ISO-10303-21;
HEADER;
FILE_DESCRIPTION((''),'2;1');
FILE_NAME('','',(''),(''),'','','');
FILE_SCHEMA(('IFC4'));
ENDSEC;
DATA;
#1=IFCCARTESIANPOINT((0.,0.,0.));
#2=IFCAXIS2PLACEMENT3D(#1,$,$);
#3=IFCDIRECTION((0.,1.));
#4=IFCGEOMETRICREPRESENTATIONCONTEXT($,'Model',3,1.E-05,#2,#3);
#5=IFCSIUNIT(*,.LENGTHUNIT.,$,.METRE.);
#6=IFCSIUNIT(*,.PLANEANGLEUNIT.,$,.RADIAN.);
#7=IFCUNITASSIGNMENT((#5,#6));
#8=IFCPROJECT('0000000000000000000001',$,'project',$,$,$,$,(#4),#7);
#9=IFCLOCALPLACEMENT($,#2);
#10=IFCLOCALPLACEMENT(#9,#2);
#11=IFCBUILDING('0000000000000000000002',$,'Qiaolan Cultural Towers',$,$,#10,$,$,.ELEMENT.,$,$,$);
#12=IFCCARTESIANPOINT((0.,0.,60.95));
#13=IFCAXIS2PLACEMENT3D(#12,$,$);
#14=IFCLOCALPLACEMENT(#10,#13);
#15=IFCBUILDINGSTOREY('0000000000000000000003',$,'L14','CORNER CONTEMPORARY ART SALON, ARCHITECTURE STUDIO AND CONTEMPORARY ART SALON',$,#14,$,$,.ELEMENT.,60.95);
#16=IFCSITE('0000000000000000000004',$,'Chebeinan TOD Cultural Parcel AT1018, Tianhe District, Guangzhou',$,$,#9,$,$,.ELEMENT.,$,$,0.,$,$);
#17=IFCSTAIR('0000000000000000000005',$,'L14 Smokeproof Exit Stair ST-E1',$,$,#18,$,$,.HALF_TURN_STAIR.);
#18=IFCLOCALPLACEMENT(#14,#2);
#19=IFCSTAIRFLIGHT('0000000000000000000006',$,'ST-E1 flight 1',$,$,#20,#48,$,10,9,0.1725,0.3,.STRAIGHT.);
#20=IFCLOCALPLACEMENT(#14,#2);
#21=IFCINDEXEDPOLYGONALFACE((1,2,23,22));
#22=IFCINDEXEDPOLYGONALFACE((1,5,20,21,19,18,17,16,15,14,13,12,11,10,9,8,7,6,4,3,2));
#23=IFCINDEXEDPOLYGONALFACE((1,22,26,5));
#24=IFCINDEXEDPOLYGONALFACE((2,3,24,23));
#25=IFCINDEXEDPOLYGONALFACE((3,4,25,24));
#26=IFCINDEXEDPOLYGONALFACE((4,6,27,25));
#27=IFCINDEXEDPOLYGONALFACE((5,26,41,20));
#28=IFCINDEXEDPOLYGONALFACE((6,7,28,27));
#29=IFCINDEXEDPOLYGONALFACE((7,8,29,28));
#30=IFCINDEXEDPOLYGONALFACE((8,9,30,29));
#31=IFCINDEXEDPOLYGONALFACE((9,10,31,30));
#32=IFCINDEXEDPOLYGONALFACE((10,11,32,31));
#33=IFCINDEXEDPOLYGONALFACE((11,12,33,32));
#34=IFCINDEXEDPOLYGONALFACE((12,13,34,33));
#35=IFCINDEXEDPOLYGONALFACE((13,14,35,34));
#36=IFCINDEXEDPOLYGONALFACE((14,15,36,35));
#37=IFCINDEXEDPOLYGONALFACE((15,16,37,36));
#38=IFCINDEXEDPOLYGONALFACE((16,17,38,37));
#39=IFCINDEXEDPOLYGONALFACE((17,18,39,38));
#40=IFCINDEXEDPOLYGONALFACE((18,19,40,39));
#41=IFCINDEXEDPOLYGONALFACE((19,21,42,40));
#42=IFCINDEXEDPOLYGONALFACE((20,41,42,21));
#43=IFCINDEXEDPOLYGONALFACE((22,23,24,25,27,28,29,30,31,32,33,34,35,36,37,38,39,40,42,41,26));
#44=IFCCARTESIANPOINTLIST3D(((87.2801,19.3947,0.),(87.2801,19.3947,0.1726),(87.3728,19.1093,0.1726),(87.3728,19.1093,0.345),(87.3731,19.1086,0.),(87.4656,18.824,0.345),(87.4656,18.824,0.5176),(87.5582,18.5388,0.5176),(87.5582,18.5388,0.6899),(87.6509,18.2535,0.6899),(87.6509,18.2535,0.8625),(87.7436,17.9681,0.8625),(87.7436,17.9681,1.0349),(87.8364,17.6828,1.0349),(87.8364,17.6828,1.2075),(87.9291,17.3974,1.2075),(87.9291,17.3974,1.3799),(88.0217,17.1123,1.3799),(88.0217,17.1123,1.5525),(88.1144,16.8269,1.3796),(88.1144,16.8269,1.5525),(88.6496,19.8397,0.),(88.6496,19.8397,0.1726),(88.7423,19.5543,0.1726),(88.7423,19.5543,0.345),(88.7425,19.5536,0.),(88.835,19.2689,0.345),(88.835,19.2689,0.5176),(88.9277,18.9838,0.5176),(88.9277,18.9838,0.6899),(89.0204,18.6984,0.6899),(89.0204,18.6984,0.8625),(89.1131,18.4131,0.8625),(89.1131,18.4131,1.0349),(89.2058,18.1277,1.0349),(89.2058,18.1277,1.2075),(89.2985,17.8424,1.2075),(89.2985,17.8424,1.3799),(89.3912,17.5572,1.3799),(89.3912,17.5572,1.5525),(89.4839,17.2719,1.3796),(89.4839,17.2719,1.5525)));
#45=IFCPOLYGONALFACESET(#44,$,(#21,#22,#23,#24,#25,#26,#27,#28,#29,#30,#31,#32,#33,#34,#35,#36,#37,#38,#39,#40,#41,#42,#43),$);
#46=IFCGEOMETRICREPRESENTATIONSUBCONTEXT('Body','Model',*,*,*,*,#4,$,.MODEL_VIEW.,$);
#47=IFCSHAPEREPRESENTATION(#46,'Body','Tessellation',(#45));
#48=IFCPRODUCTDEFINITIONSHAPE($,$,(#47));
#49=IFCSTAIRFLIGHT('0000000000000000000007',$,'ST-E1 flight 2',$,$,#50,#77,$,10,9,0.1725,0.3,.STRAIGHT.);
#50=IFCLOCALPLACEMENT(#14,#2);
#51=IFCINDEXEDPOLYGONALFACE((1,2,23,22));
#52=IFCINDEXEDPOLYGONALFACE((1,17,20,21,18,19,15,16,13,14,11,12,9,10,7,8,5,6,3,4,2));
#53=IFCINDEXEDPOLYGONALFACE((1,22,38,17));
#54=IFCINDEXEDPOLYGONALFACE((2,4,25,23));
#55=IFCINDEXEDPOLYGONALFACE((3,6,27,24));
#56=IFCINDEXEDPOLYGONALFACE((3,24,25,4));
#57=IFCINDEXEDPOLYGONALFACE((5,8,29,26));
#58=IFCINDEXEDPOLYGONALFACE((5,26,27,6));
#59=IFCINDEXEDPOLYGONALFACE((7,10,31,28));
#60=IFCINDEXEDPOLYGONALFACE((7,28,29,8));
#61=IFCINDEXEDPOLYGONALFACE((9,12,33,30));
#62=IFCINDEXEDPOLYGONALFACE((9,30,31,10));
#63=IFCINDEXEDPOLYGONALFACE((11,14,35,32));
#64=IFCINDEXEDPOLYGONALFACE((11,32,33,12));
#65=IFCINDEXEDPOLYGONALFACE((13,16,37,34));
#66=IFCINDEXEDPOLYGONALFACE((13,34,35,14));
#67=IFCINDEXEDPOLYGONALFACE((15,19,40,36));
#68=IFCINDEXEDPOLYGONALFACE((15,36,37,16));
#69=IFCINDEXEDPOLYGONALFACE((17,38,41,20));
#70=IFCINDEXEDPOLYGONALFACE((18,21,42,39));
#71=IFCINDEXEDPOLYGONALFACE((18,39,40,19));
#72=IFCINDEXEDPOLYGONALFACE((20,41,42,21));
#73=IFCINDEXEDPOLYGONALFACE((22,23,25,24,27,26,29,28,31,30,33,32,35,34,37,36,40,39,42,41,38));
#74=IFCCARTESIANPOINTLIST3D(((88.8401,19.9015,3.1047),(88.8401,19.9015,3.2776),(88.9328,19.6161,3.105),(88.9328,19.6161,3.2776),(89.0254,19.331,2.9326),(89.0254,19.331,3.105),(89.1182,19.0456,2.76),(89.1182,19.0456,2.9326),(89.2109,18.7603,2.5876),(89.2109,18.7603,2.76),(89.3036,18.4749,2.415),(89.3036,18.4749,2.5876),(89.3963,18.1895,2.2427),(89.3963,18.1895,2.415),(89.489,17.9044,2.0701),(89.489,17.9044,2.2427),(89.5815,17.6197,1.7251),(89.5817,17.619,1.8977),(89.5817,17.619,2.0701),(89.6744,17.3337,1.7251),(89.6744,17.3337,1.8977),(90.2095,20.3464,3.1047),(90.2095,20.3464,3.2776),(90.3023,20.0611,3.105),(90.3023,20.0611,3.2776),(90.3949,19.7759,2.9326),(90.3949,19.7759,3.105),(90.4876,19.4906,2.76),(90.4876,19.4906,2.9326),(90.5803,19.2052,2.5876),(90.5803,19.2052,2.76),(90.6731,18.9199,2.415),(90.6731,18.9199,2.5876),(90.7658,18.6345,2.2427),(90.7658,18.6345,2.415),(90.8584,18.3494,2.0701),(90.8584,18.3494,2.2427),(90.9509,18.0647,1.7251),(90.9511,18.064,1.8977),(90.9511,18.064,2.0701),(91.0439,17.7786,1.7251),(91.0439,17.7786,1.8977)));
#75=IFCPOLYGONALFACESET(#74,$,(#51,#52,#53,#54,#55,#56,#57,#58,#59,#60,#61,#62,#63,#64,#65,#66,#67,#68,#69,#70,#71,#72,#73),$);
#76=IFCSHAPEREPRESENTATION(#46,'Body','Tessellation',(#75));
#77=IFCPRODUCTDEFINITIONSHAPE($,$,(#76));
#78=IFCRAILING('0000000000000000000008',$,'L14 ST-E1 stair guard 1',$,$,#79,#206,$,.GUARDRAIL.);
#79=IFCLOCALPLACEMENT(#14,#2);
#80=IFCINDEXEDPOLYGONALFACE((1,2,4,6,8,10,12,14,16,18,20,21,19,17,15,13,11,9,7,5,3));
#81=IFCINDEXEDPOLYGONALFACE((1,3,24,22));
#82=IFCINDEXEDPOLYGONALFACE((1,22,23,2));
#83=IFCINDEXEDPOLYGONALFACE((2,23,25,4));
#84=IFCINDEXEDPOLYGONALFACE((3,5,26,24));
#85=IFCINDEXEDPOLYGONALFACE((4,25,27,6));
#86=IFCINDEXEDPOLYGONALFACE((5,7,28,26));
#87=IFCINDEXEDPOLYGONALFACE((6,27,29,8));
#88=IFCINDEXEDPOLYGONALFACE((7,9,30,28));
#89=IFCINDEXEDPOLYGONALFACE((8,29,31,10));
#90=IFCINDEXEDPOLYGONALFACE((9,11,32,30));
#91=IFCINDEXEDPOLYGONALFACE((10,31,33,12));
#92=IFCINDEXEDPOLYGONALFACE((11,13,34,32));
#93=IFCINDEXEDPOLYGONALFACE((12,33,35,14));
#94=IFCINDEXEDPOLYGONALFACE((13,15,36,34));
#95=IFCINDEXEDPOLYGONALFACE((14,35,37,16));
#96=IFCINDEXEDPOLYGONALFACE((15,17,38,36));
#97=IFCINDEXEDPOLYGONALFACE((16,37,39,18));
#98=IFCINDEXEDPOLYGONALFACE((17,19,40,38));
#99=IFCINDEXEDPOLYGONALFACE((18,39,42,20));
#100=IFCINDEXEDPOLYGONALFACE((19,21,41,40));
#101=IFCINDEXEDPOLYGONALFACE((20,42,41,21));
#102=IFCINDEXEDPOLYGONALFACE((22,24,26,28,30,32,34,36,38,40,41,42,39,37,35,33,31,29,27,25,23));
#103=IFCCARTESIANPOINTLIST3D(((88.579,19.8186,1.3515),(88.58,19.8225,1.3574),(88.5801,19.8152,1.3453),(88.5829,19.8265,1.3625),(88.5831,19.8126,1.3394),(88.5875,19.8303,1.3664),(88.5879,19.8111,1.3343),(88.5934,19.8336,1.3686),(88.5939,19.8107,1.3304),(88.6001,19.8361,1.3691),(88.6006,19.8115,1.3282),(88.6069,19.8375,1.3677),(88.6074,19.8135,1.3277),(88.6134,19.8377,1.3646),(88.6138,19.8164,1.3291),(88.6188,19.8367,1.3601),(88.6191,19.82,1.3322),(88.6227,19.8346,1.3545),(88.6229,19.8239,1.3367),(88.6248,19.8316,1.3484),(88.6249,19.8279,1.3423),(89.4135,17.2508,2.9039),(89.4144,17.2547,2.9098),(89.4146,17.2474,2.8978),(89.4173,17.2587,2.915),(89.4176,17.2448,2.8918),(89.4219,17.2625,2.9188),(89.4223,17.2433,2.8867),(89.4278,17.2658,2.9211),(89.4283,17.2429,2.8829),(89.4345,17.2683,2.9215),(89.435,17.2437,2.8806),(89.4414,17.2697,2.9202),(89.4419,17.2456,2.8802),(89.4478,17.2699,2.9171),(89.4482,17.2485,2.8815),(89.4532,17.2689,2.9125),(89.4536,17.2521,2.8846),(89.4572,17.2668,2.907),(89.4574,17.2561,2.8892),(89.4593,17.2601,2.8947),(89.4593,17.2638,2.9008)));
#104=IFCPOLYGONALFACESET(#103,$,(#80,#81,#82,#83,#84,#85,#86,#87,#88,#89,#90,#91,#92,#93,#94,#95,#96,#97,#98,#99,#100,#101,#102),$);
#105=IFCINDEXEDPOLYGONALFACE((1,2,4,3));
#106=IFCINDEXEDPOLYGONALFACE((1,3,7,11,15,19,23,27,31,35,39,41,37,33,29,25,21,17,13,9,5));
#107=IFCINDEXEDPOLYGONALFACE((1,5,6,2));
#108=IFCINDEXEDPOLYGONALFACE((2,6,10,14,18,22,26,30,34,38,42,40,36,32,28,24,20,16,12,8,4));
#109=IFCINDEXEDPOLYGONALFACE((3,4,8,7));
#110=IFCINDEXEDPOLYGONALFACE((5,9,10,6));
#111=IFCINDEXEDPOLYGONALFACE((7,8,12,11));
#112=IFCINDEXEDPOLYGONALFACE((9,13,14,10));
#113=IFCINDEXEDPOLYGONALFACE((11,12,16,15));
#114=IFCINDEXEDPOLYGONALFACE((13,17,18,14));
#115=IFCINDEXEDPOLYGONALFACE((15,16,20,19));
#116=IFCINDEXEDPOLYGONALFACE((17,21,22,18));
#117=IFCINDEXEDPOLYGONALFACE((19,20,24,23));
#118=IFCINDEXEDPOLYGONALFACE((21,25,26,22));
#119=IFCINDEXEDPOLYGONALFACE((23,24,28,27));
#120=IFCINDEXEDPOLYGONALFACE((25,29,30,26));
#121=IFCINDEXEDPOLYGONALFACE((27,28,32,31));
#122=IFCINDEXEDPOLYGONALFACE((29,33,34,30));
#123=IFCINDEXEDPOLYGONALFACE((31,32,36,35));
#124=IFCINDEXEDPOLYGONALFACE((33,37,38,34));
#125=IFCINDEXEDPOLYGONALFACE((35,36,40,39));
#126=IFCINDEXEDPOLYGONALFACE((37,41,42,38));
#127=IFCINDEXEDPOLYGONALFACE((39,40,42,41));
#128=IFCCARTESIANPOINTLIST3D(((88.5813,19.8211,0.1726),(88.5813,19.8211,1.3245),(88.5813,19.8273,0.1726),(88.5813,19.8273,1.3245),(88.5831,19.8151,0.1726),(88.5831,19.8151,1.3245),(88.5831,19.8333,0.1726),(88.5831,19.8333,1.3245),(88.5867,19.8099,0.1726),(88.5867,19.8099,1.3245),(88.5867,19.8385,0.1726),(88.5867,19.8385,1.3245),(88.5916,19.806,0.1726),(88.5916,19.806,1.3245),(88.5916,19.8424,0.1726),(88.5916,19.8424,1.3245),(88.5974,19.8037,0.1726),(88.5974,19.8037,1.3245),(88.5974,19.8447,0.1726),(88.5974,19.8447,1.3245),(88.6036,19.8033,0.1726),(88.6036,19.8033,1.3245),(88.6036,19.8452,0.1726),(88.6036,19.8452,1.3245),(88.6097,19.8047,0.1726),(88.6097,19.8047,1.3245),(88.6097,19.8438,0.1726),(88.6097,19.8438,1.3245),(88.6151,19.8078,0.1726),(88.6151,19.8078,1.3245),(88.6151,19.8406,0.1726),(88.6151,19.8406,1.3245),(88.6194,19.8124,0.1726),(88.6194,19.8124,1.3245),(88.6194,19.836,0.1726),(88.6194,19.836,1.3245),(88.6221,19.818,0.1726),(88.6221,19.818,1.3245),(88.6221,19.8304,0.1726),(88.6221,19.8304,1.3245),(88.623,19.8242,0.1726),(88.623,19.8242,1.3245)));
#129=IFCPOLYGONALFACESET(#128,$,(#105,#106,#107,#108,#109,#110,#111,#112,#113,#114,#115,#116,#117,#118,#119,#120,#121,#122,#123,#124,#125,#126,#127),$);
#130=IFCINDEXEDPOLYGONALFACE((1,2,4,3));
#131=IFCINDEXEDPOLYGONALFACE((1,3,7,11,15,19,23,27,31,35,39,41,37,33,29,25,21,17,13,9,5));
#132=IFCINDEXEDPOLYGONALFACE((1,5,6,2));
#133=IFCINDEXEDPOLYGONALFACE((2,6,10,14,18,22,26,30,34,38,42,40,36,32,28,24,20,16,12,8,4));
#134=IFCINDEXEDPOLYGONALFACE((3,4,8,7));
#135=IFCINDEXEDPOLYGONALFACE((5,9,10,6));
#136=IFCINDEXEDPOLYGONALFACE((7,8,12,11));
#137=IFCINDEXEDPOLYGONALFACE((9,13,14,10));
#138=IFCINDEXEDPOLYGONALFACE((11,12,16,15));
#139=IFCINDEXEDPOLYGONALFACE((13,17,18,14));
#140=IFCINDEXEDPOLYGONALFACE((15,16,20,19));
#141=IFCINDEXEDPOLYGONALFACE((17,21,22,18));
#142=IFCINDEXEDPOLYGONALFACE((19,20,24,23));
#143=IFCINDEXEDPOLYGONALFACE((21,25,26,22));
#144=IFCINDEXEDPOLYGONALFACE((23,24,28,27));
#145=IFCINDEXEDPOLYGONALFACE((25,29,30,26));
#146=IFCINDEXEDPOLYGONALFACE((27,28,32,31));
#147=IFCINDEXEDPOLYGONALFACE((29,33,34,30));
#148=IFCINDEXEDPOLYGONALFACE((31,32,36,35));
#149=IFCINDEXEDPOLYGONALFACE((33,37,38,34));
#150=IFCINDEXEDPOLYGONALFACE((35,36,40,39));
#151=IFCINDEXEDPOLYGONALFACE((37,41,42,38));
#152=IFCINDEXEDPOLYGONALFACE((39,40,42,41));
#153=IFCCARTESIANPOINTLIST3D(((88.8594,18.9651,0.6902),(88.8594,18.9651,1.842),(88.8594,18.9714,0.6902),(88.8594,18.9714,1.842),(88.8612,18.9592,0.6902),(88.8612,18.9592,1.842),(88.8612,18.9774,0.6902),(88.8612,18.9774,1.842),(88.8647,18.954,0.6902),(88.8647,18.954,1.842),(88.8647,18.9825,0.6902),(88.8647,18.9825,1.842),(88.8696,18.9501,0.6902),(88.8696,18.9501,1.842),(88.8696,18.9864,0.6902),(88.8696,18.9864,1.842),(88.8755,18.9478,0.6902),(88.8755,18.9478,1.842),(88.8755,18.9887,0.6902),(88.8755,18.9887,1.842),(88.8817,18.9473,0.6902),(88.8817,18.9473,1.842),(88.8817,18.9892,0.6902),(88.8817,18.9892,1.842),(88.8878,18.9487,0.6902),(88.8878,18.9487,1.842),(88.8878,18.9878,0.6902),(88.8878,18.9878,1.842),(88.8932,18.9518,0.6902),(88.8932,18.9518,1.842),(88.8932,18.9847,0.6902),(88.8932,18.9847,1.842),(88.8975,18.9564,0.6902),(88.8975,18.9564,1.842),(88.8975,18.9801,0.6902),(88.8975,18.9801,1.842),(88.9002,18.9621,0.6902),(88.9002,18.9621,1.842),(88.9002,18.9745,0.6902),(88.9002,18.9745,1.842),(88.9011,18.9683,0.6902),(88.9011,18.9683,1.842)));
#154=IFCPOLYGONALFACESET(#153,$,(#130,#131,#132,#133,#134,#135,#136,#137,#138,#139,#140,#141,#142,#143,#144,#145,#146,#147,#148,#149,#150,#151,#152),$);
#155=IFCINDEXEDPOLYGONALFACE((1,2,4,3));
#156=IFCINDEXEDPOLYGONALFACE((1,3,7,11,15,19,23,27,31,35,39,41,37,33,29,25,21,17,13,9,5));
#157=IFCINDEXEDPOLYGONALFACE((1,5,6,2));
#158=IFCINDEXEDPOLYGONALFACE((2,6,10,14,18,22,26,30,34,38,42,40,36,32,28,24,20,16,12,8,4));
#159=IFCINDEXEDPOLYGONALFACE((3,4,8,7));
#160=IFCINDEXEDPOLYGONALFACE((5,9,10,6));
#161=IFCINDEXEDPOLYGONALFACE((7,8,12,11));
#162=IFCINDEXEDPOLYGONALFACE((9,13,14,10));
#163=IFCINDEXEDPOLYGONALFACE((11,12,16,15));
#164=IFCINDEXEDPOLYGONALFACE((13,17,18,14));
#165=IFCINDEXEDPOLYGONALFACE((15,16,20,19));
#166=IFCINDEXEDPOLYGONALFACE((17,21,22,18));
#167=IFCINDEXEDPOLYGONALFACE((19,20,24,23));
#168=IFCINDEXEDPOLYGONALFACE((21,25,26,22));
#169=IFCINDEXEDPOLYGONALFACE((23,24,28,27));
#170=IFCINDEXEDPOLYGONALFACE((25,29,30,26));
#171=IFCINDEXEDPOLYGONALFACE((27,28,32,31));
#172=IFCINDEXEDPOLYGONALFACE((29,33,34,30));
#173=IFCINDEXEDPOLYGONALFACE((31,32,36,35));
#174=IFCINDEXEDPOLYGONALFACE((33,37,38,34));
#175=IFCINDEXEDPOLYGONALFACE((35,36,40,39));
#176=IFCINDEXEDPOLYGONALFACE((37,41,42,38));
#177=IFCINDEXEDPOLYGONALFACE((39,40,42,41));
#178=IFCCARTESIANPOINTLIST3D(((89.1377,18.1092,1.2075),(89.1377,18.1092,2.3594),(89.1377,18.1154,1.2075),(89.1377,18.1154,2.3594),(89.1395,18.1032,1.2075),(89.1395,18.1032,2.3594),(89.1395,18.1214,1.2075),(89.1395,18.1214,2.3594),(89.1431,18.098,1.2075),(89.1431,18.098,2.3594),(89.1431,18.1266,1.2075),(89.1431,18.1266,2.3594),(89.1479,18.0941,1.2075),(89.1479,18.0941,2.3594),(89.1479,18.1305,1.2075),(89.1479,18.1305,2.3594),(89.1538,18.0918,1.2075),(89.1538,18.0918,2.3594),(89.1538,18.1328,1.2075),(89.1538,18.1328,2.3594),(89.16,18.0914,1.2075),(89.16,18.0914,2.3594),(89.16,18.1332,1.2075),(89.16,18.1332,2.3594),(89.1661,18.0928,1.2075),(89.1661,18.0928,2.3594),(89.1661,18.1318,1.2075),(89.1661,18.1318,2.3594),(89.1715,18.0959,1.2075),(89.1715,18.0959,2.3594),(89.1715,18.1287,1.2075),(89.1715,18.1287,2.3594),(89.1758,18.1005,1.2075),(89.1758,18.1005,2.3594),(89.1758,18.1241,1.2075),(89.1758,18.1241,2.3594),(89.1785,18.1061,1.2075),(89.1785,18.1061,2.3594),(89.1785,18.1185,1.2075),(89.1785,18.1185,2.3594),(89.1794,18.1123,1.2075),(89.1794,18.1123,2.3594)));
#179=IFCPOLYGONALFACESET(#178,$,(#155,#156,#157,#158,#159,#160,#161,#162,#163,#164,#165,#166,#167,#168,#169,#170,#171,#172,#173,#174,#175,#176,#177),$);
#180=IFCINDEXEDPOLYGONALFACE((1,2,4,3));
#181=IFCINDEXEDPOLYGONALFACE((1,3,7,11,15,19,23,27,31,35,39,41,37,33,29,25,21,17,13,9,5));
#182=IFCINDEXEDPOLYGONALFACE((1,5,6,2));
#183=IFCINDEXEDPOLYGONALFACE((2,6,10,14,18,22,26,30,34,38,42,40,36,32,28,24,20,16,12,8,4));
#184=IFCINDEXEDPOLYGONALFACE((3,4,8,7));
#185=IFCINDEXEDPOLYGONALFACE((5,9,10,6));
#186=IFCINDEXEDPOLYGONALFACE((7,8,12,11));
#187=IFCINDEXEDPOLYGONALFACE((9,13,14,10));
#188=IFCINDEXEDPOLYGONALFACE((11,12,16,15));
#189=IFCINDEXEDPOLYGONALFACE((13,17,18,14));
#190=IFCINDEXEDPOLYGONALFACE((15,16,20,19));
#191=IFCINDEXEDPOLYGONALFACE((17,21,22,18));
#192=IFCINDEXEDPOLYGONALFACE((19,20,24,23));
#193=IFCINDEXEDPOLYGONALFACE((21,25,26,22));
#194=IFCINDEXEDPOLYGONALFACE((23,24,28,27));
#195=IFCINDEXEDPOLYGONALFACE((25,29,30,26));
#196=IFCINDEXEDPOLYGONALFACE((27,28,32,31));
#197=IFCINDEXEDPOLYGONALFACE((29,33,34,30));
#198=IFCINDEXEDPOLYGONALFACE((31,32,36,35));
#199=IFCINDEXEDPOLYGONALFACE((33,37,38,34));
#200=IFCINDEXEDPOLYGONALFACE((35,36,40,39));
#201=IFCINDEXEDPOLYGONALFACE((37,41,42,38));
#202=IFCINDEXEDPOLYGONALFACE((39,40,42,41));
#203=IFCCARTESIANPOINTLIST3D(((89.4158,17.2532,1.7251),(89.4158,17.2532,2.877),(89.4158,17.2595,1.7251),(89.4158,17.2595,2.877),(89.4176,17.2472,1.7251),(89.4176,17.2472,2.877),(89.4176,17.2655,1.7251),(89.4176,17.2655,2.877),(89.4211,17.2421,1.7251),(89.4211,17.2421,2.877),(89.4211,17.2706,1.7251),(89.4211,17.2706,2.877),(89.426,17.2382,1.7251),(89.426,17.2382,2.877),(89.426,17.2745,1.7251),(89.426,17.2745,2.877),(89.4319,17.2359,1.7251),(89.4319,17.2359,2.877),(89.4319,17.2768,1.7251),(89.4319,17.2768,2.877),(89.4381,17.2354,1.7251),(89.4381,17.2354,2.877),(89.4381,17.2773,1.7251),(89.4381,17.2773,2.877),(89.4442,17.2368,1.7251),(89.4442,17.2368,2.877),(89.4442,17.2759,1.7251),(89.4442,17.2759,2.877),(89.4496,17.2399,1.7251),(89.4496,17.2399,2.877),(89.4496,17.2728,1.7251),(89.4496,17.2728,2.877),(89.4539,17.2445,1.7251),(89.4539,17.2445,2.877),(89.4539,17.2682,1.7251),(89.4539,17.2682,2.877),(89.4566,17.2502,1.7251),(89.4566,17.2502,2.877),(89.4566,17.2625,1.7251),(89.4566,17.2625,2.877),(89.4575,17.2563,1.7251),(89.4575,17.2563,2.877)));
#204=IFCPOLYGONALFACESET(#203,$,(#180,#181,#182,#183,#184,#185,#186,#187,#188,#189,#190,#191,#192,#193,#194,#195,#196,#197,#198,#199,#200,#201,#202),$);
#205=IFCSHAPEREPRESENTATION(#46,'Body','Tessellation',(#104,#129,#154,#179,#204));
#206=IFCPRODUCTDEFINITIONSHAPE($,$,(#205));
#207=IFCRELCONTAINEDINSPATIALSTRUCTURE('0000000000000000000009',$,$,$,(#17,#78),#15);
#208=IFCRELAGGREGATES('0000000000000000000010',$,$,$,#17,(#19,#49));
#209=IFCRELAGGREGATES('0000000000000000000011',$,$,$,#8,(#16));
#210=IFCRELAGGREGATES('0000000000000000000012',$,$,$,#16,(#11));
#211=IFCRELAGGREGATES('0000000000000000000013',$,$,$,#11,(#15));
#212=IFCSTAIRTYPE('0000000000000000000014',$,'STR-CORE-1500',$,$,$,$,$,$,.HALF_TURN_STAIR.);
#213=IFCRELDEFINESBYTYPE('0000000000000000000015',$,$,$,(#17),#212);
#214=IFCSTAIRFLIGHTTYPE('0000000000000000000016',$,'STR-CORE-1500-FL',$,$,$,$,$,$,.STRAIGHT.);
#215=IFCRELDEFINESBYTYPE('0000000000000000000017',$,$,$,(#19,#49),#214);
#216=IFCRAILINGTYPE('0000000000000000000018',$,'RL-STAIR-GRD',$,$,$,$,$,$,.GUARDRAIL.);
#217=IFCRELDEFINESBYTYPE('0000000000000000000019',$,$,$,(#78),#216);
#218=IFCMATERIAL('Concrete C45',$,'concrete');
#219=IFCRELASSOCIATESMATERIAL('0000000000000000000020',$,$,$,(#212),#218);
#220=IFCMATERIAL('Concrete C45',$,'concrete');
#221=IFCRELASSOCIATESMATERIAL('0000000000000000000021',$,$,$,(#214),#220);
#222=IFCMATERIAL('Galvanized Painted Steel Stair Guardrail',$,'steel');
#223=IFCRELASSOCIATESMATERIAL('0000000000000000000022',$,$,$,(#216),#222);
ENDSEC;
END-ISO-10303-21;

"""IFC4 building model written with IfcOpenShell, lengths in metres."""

from ifc_helpers import new_model, si_unit, direction, frame, origin, origin_2d, place, context, subcontext, project, spatial, polyline, circle, outline, extrude, material, type_object, element, aggregate, save


model = new_model("IFC4")

# Units and contexts
model_context = context("Model", 3, precision=1e-05, world=origin(), true_north=direction((0.0, 1.0)))
body_context = subcontext(model_context, "Body", "Model", "MODEL_VIEW")
ifc_project = project(units=[si_unit("LENGTHUNIT", "METRE"), si_unit("PLANEANGLEUNIT", "RADIAN")], contexts=[model_context])

# Site, building, storey
site_placement = place(None, origin())
site = spatial("IfcSite", under=ifc_project, at=site_placement, Name="Chebeinan TOD Cultural Parcel AT1018, Tianhe District, Guangzhou", CompositionType="ELEMENT", RefElevation=0.0)
building_placement = place(site_placement, origin())
building = spatial("IfcBuilding", under=site, at=building_placement, Name="Qiaolan Cultural Towers", CompositionType="ELEMENT")
storey_placement = place(building_placement, frame((0.0, 0.0, 60.95)))
storey = spatial("IfcBuildingStorey", under=building, at=storey_placement, Name="L14", Description="CORNER CONTEMPORARY ART SALON, ARCHITECTURE STUDIO AND CONTEMPORARY ART SALON", CompositionType="ELEMENT", Elevation=60.95)

# Stair, stair flights
ifc_material_1 = material(Name="Concrete C45", Category="concrete")
stair_type = type_object("IfcStairType", Name="STR-CORE-1500", PredefinedType="HALF_TURN_STAIR", material=ifc_material_1)
stair_placement = place(storey_placement, origin())
stair = element("IfcStair", 1, at=stair_placement, inside=storey, type_object=stair_type, Name="L14 Smokeproof Exit Stair ST-E1", PredefinedType="HALF_TURN_STAIR")
ifc_material_2 = material(Name="Concrete C45", Category="concrete")
stair_flight_type = type_object("IfcStairFlightType", Name="STR-CORE-1500-FL", PredefinedType="STRAIGHT", material=ifc_material_2)
stair_flight_1_placement = place(storey_placement, frame((87.9648, 19.6172, 0.0), z_axis=(0.0, 0.0, 1.0), x_axis=(0.309017, -0.951057, 0.0)))
stair_flight_1 = element("IfcStairFlight", 2, at=stair_flight_1_placement, type_object=stair_flight_type, Name="ST-E1 flight 1", NumberOfRisers=10, NumberOfTreads=9, PredefinedType="STRAIGHT", RiserHeight=0.1725, TreadLength=0.3, context=body_context, shape_type="SweptSolid", body=[
    extrude(outline(polyline([(0.0, 0.0), (0.0, 0.1726), (0.3, 0.1726), (0.3, 0.345), (0.6001, 0.345), (0.6001, 0.5176), (0.8999, 0.5176), (0.8999, 0.6899), (1.2, 0.6899), (1.2, 0.8625), (1.5, 0.8625), (1.5, 1.0349), (1.8, 1.0349), (1.8, 1.2075), (2.1001, 1.2075), (2.1001, 1.3799), (2.3999, 1.3799), (2.3999, 1.5525), (2.7, 1.5525), (2.7, 1.7251), (2.7, 1.3796), (0.3008, 0.0), (0.0, 0.0)])), frame((0.0, 0.72, 0.0), z_axis=(0.0, -1.0, 0.0), x_axis=(1.0, 0.0, 0.0)), (0.0, 0.0, 1.0), 1.4399),
])
stair_flight_2_placement = place(storey_placement, frame((90.3591, 17.5562, 1.7251), z_axis=(0.0, 0.0, 1.0), x_axis=(-0.309017, 0.951057, 0.0)))
stair_flight_2 = element("IfcStairFlight", 3, at=stair_flight_2_placement, type_object=stair_flight_type, Name="ST-E1 flight 2", NumberOfRisers=10, NumberOfTreads=9, PredefinedType="STRAIGHT", RiserHeight=0.1725, TreadLength=0.3, context=body_context, shape_type="SweptSolid", body=[
    extrude(outline(polyline([(0.0, 0.0), (0.0, 0.1726), (0.3, 0.1726), (0.3, 0.345), (0.6001, 0.345), (0.6001, 0.5176), (0.8999, 0.5176), (0.8999, 0.6899), (1.2, 0.6899), (1.2, 0.8625), (1.5, 0.8625), (1.5, 1.0349), (1.8, 1.0349), (1.8, 1.2075), (2.1001, 1.2075), (2.1001, 1.3799), (2.3999, 1.3799), (2.3999, 1.5525), (2.7, 1.5525), (2.7, 1.7251), (2.7, 1.3796), (0.3008, 0.0), (0.0, 0.0)])), frame((0.0, 0.72, 0.0), z_axis=(0.0, -1.0, 0.0), x_axis=(1.0, 0.0, 0.0)), (0.0, 0.0, 1.0), 1.4399),
])
aggregate(stair, [stair_flight_1, stair_flight_2])

# Railing
ifc_material_3 = material(Name="Galvanized Painted Steel Stair Guardrail", Category="steel")
railing_type_1 = type_object("IfcRailingType", Name="RL-STAIR-GRD", PredefinedType="GUARDRAIL", material=ifc_material_3)
railing_1_placement = place(storey_placement, frame((88.6021, 19.8242, 0.1726)))
element("IfcRailing", 4, at=railing_1_placement, inside=storey, type_object=railing_type_1, Name="L14 ST-E1 stair guard 1", PredefinedType="GUARDRAIL", context=body_context, shape_type="SweptSolid", body=[
    extrude(circle(Radius=0.0239, at=origin_2d()), frame((0.0, 0.0, 1.1758), z_axis=(0.267926, -0.824471, 0.498461), x_axis=(0.951043, 0.309057, 0.0)), (0.0, 0.0, 1.0), 3.1145),
    extrude(circle(Radius=0.021, at=origin_2d()), origin(), (0.0, 0.0, 1.0), 1.1519),
    extrude(circle(Radius=0.021, at=origin_2d()), frame((0.2781, -0.856, 0.5176)), (0.0, 0.0, 1.0), 1.1519),
    extrude(circle(Radius=0.021, at=origin_2d()), frame((0.5564, -1.7119, 1.0349)), (0.0, 0.0, 1.0), 1.1519),
    extrude(circle(Radius=0.021, at=origin_2d()), frame((0.8345, -2.5679, 1.5525)), (0.0, 0.0, 1.0), 1.1519),
])

save(model, "model.ifc")
